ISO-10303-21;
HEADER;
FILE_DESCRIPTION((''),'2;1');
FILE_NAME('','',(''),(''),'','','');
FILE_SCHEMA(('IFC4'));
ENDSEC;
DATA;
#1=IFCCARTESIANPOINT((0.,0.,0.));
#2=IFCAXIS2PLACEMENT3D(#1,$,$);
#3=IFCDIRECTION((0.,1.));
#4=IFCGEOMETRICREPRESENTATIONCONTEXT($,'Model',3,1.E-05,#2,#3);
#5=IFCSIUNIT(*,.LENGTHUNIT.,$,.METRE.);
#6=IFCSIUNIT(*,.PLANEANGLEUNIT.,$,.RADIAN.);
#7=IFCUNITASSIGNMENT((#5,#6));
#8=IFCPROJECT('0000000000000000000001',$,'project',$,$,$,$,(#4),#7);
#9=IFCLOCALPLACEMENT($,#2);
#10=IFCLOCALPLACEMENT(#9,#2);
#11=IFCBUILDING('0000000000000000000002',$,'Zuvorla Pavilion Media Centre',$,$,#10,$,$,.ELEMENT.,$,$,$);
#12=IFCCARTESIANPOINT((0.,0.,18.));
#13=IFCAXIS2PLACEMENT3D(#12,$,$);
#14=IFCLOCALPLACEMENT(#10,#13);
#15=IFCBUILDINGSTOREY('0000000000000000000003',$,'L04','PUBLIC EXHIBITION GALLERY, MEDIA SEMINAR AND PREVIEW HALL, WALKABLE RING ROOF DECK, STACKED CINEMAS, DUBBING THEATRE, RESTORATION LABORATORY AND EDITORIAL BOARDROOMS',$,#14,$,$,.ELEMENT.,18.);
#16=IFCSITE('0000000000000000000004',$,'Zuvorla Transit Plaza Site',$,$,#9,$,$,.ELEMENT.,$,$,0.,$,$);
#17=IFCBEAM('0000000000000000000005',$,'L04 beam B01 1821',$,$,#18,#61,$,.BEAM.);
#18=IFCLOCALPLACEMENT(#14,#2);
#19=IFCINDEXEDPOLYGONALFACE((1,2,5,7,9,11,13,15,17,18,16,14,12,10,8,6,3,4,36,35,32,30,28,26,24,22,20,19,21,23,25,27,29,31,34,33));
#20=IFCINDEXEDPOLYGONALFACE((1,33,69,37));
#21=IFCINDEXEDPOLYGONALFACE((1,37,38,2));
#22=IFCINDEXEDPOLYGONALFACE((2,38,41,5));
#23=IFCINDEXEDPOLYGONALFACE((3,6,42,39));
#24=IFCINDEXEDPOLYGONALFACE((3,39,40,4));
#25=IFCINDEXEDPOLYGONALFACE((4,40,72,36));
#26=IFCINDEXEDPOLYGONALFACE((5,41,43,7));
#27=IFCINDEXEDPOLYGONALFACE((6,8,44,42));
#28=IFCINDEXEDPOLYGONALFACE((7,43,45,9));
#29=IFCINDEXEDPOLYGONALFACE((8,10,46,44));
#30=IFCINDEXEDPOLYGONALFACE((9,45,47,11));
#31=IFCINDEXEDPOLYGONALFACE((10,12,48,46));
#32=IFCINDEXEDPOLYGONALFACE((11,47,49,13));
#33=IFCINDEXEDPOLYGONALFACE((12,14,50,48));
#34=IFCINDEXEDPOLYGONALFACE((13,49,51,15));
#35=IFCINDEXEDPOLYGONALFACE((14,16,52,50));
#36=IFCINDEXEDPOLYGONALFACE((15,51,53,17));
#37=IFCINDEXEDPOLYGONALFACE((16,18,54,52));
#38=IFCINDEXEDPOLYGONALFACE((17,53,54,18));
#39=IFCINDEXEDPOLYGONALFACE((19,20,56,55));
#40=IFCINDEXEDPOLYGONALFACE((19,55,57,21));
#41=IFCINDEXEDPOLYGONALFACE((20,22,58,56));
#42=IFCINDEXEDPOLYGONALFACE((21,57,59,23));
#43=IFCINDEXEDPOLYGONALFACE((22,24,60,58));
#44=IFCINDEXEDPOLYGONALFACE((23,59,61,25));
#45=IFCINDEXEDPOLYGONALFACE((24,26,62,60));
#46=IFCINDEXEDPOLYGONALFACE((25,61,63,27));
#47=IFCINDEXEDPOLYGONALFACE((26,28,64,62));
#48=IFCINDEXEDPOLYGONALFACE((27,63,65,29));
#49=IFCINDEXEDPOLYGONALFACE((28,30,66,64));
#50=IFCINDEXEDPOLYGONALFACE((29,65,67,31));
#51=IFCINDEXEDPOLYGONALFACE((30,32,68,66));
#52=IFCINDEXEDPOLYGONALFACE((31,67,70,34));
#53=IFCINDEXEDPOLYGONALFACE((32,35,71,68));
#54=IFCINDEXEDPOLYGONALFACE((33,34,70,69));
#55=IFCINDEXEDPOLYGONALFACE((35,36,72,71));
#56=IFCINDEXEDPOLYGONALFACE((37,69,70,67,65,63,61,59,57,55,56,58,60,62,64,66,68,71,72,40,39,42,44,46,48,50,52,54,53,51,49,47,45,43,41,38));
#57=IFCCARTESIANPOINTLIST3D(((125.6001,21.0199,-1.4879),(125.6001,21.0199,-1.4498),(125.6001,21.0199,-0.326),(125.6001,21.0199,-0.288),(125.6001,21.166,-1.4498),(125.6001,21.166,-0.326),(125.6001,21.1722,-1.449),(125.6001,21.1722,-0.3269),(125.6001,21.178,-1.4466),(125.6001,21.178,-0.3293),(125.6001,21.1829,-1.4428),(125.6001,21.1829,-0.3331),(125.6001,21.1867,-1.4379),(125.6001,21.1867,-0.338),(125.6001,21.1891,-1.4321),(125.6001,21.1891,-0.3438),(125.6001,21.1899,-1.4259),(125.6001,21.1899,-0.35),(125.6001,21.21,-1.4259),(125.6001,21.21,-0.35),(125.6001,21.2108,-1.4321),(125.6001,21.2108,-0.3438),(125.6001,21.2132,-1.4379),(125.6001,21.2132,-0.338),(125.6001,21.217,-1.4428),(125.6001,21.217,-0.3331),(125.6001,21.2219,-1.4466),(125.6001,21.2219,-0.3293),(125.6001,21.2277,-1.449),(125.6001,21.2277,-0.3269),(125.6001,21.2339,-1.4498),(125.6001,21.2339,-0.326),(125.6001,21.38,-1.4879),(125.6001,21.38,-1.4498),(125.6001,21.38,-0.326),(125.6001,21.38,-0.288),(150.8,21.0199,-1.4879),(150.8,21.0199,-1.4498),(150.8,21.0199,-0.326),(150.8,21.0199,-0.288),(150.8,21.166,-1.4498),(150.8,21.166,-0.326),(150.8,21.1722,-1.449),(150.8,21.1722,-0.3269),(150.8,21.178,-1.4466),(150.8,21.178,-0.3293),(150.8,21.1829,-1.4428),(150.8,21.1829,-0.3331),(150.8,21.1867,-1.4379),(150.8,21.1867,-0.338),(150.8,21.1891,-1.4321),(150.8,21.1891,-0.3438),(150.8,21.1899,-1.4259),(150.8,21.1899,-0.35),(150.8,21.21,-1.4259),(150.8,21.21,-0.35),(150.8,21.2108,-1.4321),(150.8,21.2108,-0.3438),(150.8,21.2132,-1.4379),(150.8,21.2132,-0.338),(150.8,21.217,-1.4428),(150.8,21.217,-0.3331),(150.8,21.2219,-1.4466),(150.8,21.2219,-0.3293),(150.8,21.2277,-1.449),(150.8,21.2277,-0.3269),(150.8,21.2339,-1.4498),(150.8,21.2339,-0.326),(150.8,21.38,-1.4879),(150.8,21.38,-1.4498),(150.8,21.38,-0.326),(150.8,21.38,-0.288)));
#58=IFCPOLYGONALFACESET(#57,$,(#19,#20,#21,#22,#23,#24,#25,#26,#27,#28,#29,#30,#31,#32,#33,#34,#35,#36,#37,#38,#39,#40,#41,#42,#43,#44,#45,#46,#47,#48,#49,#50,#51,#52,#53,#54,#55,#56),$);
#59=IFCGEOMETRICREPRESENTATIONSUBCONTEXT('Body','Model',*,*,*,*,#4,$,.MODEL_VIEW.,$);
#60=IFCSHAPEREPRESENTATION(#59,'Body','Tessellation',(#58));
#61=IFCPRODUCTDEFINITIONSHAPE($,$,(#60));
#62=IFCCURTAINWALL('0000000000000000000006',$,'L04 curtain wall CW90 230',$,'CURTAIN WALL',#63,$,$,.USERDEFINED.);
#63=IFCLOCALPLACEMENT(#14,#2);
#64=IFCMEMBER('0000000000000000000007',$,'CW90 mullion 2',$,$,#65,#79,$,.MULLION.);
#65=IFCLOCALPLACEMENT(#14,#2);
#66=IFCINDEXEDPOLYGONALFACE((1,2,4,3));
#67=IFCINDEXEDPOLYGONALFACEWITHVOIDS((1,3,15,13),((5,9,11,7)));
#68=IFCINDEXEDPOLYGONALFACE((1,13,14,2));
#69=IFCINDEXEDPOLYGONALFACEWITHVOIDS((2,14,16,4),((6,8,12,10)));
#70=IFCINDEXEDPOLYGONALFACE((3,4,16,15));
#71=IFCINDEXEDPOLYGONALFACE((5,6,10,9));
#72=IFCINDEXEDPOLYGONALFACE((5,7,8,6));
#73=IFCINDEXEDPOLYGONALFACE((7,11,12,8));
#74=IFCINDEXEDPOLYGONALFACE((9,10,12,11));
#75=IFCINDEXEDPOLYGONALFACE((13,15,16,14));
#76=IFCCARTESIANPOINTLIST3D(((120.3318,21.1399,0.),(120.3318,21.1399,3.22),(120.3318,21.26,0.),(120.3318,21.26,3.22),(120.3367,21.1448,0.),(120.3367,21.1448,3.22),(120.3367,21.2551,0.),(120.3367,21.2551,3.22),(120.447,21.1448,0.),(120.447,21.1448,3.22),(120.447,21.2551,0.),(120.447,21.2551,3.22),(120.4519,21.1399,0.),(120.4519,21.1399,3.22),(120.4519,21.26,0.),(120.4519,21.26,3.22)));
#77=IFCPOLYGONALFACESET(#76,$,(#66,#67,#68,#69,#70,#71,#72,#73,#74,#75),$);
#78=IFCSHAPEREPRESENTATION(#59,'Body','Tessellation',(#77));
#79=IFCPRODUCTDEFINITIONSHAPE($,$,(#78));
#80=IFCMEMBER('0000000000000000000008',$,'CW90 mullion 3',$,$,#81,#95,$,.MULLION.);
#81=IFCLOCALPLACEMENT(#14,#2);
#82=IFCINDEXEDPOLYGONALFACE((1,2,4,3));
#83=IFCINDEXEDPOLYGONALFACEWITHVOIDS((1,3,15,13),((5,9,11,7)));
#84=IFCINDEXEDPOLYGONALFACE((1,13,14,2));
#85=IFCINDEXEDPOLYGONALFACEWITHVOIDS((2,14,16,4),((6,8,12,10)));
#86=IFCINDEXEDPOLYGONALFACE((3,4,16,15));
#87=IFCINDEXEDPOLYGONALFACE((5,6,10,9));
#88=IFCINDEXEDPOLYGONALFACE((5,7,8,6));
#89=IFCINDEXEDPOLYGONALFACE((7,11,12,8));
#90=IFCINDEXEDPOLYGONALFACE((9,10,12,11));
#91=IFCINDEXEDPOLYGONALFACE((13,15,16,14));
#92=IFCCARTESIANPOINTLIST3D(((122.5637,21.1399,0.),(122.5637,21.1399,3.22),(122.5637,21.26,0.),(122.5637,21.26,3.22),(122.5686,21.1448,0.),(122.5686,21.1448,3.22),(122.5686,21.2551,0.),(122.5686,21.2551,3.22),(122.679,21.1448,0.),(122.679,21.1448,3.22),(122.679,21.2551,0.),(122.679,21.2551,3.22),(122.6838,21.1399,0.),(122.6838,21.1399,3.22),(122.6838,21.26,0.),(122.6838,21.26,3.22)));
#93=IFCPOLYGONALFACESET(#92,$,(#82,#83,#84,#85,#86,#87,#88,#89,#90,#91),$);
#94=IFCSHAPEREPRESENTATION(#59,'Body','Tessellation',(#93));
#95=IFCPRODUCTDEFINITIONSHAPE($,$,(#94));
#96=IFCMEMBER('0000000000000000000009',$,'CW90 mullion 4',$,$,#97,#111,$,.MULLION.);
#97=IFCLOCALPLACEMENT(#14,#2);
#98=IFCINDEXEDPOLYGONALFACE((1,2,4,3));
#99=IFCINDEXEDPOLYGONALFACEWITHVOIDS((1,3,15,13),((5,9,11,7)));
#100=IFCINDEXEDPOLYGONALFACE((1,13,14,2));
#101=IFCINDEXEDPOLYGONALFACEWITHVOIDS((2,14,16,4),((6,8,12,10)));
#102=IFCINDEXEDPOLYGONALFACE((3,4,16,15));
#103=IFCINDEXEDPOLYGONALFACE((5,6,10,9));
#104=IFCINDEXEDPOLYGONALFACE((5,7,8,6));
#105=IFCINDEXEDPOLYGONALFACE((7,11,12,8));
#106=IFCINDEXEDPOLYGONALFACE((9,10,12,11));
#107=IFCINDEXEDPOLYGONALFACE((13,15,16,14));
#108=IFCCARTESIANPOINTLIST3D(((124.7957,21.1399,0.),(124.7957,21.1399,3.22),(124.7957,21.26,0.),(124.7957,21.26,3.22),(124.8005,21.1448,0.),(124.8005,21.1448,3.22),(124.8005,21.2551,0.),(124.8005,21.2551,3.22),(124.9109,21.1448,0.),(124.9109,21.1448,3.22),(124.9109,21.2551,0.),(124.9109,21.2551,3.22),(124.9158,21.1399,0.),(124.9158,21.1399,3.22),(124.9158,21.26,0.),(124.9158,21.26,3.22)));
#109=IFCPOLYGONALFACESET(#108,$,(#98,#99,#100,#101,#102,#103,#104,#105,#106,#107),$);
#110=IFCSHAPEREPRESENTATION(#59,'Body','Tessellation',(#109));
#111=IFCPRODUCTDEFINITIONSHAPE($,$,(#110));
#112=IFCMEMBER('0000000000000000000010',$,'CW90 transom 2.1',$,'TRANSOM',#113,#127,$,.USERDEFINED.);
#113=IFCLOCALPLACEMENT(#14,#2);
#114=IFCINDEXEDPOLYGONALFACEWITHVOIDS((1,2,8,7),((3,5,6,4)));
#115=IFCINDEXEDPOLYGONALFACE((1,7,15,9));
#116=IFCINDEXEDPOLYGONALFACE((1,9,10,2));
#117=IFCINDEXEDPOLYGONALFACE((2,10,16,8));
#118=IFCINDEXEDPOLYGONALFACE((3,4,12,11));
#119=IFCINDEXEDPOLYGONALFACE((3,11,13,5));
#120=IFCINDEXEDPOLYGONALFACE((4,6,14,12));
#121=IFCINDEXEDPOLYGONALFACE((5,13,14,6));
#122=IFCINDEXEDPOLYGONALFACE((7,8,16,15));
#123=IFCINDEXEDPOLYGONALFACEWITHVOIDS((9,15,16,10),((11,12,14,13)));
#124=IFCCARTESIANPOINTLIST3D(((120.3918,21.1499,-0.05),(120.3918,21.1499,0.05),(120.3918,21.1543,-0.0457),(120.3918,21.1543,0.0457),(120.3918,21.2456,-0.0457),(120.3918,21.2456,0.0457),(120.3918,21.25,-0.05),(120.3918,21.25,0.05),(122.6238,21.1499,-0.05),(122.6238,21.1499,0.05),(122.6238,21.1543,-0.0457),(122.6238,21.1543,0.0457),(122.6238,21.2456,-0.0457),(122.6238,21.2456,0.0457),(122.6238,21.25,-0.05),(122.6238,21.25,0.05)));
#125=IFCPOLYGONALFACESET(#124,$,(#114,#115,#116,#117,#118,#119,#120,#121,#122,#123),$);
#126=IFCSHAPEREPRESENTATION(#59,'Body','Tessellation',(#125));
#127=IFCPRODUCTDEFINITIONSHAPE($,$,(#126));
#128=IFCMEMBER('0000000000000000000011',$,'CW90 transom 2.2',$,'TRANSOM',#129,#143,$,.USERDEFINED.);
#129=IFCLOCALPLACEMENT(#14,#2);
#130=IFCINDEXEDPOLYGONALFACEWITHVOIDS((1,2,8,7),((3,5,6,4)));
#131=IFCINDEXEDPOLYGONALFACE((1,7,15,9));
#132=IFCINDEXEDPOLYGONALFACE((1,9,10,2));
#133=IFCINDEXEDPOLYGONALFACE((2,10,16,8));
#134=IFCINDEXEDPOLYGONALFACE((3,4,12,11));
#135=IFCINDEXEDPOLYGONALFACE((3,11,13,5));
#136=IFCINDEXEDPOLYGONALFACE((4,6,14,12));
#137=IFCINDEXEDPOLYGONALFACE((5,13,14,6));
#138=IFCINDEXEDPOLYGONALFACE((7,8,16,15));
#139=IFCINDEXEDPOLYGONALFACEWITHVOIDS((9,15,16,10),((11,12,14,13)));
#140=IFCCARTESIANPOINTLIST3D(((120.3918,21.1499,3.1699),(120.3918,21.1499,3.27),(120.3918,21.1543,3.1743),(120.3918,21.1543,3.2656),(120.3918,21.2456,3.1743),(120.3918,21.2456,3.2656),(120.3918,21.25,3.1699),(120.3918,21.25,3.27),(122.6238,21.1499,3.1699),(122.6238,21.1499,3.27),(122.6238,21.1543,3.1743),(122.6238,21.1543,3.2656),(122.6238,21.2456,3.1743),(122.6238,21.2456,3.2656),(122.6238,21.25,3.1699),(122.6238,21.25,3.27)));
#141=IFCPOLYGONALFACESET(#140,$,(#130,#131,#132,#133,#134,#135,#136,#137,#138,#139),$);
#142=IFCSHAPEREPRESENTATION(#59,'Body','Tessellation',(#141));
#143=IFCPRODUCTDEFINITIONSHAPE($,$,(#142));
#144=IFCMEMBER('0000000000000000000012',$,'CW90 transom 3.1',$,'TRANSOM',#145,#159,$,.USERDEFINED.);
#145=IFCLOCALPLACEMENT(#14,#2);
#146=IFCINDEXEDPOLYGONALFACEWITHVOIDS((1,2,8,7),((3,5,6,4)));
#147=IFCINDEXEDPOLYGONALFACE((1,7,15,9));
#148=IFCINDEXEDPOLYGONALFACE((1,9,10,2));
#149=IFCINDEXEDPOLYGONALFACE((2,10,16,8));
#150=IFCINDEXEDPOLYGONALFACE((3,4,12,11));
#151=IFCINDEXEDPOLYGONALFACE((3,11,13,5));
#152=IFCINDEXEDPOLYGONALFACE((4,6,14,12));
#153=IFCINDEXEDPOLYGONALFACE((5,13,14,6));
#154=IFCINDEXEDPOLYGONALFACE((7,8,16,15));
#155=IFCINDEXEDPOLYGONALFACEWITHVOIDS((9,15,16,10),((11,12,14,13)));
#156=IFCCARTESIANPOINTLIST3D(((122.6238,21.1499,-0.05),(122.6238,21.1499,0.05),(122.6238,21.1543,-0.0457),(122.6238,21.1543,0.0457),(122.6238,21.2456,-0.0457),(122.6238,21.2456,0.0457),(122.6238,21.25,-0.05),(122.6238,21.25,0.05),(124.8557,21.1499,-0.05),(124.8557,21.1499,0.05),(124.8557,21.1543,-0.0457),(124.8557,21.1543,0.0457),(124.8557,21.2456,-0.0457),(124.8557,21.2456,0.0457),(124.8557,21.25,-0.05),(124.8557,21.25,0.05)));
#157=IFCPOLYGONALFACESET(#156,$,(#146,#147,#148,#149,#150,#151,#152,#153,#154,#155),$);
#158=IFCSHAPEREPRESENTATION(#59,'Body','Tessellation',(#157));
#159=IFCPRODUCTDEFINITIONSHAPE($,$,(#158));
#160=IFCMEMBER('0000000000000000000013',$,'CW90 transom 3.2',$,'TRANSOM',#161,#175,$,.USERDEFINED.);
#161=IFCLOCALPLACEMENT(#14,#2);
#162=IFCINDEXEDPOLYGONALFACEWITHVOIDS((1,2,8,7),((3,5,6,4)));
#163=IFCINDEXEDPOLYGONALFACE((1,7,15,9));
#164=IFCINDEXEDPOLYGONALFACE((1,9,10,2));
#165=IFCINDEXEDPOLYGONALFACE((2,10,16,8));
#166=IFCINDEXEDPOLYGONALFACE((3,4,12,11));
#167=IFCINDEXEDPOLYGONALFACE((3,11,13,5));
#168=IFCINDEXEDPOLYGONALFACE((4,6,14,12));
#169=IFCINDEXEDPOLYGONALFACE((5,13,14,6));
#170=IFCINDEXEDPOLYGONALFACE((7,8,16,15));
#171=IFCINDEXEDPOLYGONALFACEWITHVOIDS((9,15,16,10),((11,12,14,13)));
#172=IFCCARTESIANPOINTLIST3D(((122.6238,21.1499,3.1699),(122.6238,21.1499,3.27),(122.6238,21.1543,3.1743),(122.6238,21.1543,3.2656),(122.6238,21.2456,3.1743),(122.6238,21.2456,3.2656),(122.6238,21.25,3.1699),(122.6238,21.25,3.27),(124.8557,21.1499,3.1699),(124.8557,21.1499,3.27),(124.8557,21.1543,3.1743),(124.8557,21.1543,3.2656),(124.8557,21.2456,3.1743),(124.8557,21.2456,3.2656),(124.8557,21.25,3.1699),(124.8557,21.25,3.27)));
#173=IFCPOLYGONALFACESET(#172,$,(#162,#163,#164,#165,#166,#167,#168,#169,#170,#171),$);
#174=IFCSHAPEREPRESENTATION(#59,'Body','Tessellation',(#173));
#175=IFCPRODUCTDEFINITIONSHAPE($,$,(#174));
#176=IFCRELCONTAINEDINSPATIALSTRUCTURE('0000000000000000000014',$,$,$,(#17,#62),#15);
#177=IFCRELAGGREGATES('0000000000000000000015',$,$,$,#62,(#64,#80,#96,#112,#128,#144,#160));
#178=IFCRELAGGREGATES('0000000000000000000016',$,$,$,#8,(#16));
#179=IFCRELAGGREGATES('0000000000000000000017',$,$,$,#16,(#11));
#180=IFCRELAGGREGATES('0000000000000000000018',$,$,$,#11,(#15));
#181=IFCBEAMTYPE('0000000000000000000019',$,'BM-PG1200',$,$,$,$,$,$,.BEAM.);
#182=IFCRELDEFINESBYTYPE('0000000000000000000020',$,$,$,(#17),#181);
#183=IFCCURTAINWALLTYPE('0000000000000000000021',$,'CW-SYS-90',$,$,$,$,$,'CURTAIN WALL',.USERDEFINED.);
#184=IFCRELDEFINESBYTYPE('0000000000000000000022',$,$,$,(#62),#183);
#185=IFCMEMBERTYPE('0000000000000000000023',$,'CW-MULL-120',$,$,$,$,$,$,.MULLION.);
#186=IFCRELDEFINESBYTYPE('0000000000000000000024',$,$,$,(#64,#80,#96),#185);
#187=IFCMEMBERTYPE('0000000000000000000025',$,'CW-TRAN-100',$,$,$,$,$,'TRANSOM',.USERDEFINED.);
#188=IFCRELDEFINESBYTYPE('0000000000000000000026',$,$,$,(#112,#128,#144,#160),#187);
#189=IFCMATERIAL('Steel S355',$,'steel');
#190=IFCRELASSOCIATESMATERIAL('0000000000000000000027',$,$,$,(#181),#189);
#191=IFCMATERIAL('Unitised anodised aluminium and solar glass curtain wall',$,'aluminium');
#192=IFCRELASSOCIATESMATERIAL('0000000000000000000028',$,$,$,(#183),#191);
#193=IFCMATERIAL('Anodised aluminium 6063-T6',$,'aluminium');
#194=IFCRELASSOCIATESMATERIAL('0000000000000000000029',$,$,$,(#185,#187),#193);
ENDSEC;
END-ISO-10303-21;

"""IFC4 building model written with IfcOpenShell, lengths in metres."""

from ifc_helpers import new_model, si_unit, direction, frame, origin, origin_2d, place, context, subcontext, project, spatial, hollow_rectangle, i_section, extrude, material, material_profile, profile_set, type_object, element, aggregate, save


model = new_model("IFC4")

# Units and contexts
model_context = context("Model", 3, precision=1e-05, world=origin(), true_north=direction((0.0, 1.0)))
body_context = subcontext(model_context, "Body", "Model", "MODEL_VIEW")
ifc_project = project(units=[si_unit("LENGTHUNIT", "METRE"), si_unit("PLANEANGLEUNIT", "RADIAN")], contexts=[model_context])

# Site, building, storey
site_placement = place(None, origin())
site = spatial("IfcSite", under=ifc_project, at=site_placement, Name="Zuvorla Transit Plaza Site", CompositionType="ELEMENT", RefElevation=0.0)
building_placement = place(site_placement, origin())
building = spatial("IfcBuilding", under=site, at=building_placement, Name="Zuvorla Pavilion Media Centre", CompositionType="ELEMENT")
storey_placement = place(building_placement, frame((0.0, 0.0, 18.0)))
storey = spatial("IfcBuildingStorey", under=building, at=storey_placement, Name="L04", Description="PUBLIC EXHIBITION GALLERY, MEDIA SEMINAR AND PREVIEW HALL, WALKABLE RING ROOF DECK, STACKED CINEMAS, DUBBING THEATRE, RESTORATION LABORATORY AND EDITORIAL BOARDROOMS", CompositionType="ELEMENT", Elevation=18.0)

# Beam
ifc_material_1 = material(Name="Steel S355", Category="steel")
ifc_material_profile_1 = material_profile(ifc_material_1, i_section(OverallWidth=0.3601, OverallDepth=1.2, WebThickness=0.02, FlangeThickness=0.0381, FilletRadius=0.0239, at=origin_2d()), Name="PG 1200x360x38")
ifc_profile_set_1 = profile_set([ifc_material_profile_1], Name="Steel S355")
beam_type = type_object("IfcBeamType", Name="BM-PG1200", PredefinedType="BEAM", material=ifc_profile_set_1)
beam_placement = place(storey_placement, frame((125.6001, 21.2, -0.8879), z_axis=(1.0, 0.0, 0.0), x_axis=(0.0, 1.0, 0.0)))
element("IfcBeam", 1, at=beam_placement, inside=storey, type_object=beam_type, Name="L04 beam B01 1821", PredefinedType="BEAM", context=body_context, shape_type="SweptSolid", body=[
    extrude(i_section(OverallWidth=0.3601, OverallDepth=1.2, WebThickness=0.02, FlangeThickness=0.0381, FilletRadius=0.0239, at=origin_2d()), origin(), (0.0, 0.0, 1.0), 25.2),
])

# Curtain wall, members
ifc_material_2 = material(Name="Unitised anodised aluminium and solar glass curtain wall", Category="aluminium")
curtain_wall_type = type_object("IfcCurtainWallType", Name="CW-SYS-90", ElementType="CURTAIN WALL", PredefinedType="USERDEFINED", material=ifc_material_2)
curtain_wall_placement = place(storey_placement, origin())
curtain_wall = element("IfcCurtainWall", 2, at=curtain_wall_placement, inside=storey, type_object=curtain_wall_type, Name="L04 curtain wall CW90 230", ObjectType="CURTAIN WALL", PredefinedType="USERDEFINED")
ifc_material_3 = material(Name="Anodised aluminium 6063-T6", Category="aluminium")
ifc_material_profile_2 = material_profile(ifc_material_3, hollow_rectangle(XDim=0.1201, YDim=0.1201, WallThickness=0.0049, at=origin_2d()), Name="ALU MULL 120x120")
ifc_profile_set_2 = profile_set([ifc_material_profile_2], Name="Anodised aluminium 6063-T6")
member_type_1 = type_object("IfcMemberType", Name="CW-MULL-120", PredefinedType="MULLION", material=ifc_profile_set_2)
member_1_placement = place(storey_placement, frame((120.3918, 21.2, 0.0), z_axis=(0.0, 0.0, 1.0), x_axis=(1.0, 0.0, 0.0)))
member_1 = element("IfcMember", 3, at=member_1_placement, type_object=member_type_1, Name="CW90 mullion 2", PredefinedType="MULLION", context=body_context, shape_type="SweptSolid", body=[
    extrude(hollow_rectangle(XDim=0.1201, YDim=0.1201, WallThickness=0.0049, at=origin_2d()), origin(), (0.0, 0.0, 1.0), 3.22),
])
member_2_placement = place(storey_placement, frame((122.6238, 21.2, 0.0), z_axis=(0.0, 0.0, 1.0), x_axis=(1.0, 0.0, 0.0)))
member_2 = element("IfcMember", 4, at=member_2_placement, type_object=member_type_1, Name="CW90 mullion 3", PredefinedType="MULLION", context=body_context, shape_type="SweptSolid", body=[
    extrude(hollow_rectangle(XDim=0.1201, YDim=0.1201, WallThickness=0.0049, at=origin_2d()), origin(), (0.0, 0.0, 1.0), 3.22),
])
member_3_placement = place(storey_placement, frame((124.8557, 21.2, 0.0), z_axis=(0.0, 0.0, 1.0), x_axis=(1.0, 0.0, 0.0)))
member_3 = element("IfcMember", 5, at=member_3_placement, type_object=member_type_1, Name="CW90 mullion 4", PredefinedType="MULLION", context=body_context, shape_type="SweptSolid", body=[
    extrude(hollow_rectangle(XDim=0.1201, YDim=0.1201, WallThickness=0.0049, at=origin_2d()), origin(), (0.0, 0.0, 1.0), 3.22),
])
ifc_material_profile_3 = material_profile(ifc_material_3, hollow_rectangle(XDim=0.1001, YDim=0.1001, WallThickness=0.0044, at=origin_2d()), Name="ALU TRAN 100x100")
ifc_profile_set_3 = profile_set([ifc_material_profile_3], Name="Anodised aluminium 6063-T6")
member_type_2 = type_object("IfcMemberType", Name="CW-TRAN-100", ElementType="TRANSOM", PredefinedType="USERDEFINED", material=ifc_profile_set_3)
member_4_placement = place(storey_placement, frame((120.3918, 21.2, 0.0), z_axis=(1.0, 0.0, 0.0), x_axis=(0.0, 1.0, 0.0)))
member_4 = element("IfcMember", 6, at=member_4_placement, type_object=member_type_2, Name="CW90 transom 2.1", ObjectType="TRANSOM", PredefinedType="USERDEFINED", context=body_context, shape_type="SweptSolid", body=[
    extrude(hollow_rectangle(XDim=0.1001, YDim=0.1001, WallThickness=0.0044, at=origin_2d()), origin(), (0.0, 0.0, 1.0), 2.2319),
])
member_5_placement = place(storey_placement, frame((120.3918, 21.2, 3.22), z_axis=(1.0, 0.0, 0.0), x_axis=(0.0, 1.0, 0.0)))
member_5 = element("IfcMember", 7, at=member_5_placement, type_object=member_type_2, Name="CW90 transom 2.2", ObjectType="TRANSOM", PredefinedType="USERDEFINED", context=body_context, shape_type="SweptSolid", body=[
    extrude(hollow_rectangle(XDim=0.1001, YDim=0.1001, WallThickness=0.0044, at=origin_2d()), origin(), (0.0, 0.0, 1.0), 2.2319),
])
member_6_placement = place(storey_placement, frame((122.6238, 21.2, 0.0), z_axis=(1.0, 0.0, 0.0), x_axis=(0.0, 1.0, 0.0)))
member_6 = element("IfcMember", 8, at=member_6_placement, type_object=member_type_2, Name="CW90 transom 3.1", ObjectType="TRANSOM", PredefinedType="USERDEFINED", context=body_context, shape_type="SweptSolid", body=[
    extrude(hollow_rectangle(XDim=0.1001, YDim=0.1001, WallThickness=0.0044, at=origin_2d()), origin(), (0.0, 0.0, 1.0), 2.2319),
])
member_7_placement = place(storey_placement, frame((122.6238, 21.2, 3.22), z_axis=(1.0, 0.0, 0.0), x_axis=(0.0, 1.0, 0.0)))
member_7 = element("IfcMember", 9, at=member_7_placement, type_object=member_type_2, Name="CW90 transom 3.2", ObjectType="TRANSOM", PredefinedType="USERDEFINED", context=body_context, shape_type="SweptSolid", body=[
    extrude(hollow_rectangle(XDim=0.1001, YDim=0.1001, WallThickness=0.0044, at=origin_2d()), origin(), (0.0, 0.0, 1.0), 2.2319),
])

aggregate(curtain_wall, [member_1, member_2, member_3, member_4, member_5, member_6, member_7])

save(model, "model.ifc")
